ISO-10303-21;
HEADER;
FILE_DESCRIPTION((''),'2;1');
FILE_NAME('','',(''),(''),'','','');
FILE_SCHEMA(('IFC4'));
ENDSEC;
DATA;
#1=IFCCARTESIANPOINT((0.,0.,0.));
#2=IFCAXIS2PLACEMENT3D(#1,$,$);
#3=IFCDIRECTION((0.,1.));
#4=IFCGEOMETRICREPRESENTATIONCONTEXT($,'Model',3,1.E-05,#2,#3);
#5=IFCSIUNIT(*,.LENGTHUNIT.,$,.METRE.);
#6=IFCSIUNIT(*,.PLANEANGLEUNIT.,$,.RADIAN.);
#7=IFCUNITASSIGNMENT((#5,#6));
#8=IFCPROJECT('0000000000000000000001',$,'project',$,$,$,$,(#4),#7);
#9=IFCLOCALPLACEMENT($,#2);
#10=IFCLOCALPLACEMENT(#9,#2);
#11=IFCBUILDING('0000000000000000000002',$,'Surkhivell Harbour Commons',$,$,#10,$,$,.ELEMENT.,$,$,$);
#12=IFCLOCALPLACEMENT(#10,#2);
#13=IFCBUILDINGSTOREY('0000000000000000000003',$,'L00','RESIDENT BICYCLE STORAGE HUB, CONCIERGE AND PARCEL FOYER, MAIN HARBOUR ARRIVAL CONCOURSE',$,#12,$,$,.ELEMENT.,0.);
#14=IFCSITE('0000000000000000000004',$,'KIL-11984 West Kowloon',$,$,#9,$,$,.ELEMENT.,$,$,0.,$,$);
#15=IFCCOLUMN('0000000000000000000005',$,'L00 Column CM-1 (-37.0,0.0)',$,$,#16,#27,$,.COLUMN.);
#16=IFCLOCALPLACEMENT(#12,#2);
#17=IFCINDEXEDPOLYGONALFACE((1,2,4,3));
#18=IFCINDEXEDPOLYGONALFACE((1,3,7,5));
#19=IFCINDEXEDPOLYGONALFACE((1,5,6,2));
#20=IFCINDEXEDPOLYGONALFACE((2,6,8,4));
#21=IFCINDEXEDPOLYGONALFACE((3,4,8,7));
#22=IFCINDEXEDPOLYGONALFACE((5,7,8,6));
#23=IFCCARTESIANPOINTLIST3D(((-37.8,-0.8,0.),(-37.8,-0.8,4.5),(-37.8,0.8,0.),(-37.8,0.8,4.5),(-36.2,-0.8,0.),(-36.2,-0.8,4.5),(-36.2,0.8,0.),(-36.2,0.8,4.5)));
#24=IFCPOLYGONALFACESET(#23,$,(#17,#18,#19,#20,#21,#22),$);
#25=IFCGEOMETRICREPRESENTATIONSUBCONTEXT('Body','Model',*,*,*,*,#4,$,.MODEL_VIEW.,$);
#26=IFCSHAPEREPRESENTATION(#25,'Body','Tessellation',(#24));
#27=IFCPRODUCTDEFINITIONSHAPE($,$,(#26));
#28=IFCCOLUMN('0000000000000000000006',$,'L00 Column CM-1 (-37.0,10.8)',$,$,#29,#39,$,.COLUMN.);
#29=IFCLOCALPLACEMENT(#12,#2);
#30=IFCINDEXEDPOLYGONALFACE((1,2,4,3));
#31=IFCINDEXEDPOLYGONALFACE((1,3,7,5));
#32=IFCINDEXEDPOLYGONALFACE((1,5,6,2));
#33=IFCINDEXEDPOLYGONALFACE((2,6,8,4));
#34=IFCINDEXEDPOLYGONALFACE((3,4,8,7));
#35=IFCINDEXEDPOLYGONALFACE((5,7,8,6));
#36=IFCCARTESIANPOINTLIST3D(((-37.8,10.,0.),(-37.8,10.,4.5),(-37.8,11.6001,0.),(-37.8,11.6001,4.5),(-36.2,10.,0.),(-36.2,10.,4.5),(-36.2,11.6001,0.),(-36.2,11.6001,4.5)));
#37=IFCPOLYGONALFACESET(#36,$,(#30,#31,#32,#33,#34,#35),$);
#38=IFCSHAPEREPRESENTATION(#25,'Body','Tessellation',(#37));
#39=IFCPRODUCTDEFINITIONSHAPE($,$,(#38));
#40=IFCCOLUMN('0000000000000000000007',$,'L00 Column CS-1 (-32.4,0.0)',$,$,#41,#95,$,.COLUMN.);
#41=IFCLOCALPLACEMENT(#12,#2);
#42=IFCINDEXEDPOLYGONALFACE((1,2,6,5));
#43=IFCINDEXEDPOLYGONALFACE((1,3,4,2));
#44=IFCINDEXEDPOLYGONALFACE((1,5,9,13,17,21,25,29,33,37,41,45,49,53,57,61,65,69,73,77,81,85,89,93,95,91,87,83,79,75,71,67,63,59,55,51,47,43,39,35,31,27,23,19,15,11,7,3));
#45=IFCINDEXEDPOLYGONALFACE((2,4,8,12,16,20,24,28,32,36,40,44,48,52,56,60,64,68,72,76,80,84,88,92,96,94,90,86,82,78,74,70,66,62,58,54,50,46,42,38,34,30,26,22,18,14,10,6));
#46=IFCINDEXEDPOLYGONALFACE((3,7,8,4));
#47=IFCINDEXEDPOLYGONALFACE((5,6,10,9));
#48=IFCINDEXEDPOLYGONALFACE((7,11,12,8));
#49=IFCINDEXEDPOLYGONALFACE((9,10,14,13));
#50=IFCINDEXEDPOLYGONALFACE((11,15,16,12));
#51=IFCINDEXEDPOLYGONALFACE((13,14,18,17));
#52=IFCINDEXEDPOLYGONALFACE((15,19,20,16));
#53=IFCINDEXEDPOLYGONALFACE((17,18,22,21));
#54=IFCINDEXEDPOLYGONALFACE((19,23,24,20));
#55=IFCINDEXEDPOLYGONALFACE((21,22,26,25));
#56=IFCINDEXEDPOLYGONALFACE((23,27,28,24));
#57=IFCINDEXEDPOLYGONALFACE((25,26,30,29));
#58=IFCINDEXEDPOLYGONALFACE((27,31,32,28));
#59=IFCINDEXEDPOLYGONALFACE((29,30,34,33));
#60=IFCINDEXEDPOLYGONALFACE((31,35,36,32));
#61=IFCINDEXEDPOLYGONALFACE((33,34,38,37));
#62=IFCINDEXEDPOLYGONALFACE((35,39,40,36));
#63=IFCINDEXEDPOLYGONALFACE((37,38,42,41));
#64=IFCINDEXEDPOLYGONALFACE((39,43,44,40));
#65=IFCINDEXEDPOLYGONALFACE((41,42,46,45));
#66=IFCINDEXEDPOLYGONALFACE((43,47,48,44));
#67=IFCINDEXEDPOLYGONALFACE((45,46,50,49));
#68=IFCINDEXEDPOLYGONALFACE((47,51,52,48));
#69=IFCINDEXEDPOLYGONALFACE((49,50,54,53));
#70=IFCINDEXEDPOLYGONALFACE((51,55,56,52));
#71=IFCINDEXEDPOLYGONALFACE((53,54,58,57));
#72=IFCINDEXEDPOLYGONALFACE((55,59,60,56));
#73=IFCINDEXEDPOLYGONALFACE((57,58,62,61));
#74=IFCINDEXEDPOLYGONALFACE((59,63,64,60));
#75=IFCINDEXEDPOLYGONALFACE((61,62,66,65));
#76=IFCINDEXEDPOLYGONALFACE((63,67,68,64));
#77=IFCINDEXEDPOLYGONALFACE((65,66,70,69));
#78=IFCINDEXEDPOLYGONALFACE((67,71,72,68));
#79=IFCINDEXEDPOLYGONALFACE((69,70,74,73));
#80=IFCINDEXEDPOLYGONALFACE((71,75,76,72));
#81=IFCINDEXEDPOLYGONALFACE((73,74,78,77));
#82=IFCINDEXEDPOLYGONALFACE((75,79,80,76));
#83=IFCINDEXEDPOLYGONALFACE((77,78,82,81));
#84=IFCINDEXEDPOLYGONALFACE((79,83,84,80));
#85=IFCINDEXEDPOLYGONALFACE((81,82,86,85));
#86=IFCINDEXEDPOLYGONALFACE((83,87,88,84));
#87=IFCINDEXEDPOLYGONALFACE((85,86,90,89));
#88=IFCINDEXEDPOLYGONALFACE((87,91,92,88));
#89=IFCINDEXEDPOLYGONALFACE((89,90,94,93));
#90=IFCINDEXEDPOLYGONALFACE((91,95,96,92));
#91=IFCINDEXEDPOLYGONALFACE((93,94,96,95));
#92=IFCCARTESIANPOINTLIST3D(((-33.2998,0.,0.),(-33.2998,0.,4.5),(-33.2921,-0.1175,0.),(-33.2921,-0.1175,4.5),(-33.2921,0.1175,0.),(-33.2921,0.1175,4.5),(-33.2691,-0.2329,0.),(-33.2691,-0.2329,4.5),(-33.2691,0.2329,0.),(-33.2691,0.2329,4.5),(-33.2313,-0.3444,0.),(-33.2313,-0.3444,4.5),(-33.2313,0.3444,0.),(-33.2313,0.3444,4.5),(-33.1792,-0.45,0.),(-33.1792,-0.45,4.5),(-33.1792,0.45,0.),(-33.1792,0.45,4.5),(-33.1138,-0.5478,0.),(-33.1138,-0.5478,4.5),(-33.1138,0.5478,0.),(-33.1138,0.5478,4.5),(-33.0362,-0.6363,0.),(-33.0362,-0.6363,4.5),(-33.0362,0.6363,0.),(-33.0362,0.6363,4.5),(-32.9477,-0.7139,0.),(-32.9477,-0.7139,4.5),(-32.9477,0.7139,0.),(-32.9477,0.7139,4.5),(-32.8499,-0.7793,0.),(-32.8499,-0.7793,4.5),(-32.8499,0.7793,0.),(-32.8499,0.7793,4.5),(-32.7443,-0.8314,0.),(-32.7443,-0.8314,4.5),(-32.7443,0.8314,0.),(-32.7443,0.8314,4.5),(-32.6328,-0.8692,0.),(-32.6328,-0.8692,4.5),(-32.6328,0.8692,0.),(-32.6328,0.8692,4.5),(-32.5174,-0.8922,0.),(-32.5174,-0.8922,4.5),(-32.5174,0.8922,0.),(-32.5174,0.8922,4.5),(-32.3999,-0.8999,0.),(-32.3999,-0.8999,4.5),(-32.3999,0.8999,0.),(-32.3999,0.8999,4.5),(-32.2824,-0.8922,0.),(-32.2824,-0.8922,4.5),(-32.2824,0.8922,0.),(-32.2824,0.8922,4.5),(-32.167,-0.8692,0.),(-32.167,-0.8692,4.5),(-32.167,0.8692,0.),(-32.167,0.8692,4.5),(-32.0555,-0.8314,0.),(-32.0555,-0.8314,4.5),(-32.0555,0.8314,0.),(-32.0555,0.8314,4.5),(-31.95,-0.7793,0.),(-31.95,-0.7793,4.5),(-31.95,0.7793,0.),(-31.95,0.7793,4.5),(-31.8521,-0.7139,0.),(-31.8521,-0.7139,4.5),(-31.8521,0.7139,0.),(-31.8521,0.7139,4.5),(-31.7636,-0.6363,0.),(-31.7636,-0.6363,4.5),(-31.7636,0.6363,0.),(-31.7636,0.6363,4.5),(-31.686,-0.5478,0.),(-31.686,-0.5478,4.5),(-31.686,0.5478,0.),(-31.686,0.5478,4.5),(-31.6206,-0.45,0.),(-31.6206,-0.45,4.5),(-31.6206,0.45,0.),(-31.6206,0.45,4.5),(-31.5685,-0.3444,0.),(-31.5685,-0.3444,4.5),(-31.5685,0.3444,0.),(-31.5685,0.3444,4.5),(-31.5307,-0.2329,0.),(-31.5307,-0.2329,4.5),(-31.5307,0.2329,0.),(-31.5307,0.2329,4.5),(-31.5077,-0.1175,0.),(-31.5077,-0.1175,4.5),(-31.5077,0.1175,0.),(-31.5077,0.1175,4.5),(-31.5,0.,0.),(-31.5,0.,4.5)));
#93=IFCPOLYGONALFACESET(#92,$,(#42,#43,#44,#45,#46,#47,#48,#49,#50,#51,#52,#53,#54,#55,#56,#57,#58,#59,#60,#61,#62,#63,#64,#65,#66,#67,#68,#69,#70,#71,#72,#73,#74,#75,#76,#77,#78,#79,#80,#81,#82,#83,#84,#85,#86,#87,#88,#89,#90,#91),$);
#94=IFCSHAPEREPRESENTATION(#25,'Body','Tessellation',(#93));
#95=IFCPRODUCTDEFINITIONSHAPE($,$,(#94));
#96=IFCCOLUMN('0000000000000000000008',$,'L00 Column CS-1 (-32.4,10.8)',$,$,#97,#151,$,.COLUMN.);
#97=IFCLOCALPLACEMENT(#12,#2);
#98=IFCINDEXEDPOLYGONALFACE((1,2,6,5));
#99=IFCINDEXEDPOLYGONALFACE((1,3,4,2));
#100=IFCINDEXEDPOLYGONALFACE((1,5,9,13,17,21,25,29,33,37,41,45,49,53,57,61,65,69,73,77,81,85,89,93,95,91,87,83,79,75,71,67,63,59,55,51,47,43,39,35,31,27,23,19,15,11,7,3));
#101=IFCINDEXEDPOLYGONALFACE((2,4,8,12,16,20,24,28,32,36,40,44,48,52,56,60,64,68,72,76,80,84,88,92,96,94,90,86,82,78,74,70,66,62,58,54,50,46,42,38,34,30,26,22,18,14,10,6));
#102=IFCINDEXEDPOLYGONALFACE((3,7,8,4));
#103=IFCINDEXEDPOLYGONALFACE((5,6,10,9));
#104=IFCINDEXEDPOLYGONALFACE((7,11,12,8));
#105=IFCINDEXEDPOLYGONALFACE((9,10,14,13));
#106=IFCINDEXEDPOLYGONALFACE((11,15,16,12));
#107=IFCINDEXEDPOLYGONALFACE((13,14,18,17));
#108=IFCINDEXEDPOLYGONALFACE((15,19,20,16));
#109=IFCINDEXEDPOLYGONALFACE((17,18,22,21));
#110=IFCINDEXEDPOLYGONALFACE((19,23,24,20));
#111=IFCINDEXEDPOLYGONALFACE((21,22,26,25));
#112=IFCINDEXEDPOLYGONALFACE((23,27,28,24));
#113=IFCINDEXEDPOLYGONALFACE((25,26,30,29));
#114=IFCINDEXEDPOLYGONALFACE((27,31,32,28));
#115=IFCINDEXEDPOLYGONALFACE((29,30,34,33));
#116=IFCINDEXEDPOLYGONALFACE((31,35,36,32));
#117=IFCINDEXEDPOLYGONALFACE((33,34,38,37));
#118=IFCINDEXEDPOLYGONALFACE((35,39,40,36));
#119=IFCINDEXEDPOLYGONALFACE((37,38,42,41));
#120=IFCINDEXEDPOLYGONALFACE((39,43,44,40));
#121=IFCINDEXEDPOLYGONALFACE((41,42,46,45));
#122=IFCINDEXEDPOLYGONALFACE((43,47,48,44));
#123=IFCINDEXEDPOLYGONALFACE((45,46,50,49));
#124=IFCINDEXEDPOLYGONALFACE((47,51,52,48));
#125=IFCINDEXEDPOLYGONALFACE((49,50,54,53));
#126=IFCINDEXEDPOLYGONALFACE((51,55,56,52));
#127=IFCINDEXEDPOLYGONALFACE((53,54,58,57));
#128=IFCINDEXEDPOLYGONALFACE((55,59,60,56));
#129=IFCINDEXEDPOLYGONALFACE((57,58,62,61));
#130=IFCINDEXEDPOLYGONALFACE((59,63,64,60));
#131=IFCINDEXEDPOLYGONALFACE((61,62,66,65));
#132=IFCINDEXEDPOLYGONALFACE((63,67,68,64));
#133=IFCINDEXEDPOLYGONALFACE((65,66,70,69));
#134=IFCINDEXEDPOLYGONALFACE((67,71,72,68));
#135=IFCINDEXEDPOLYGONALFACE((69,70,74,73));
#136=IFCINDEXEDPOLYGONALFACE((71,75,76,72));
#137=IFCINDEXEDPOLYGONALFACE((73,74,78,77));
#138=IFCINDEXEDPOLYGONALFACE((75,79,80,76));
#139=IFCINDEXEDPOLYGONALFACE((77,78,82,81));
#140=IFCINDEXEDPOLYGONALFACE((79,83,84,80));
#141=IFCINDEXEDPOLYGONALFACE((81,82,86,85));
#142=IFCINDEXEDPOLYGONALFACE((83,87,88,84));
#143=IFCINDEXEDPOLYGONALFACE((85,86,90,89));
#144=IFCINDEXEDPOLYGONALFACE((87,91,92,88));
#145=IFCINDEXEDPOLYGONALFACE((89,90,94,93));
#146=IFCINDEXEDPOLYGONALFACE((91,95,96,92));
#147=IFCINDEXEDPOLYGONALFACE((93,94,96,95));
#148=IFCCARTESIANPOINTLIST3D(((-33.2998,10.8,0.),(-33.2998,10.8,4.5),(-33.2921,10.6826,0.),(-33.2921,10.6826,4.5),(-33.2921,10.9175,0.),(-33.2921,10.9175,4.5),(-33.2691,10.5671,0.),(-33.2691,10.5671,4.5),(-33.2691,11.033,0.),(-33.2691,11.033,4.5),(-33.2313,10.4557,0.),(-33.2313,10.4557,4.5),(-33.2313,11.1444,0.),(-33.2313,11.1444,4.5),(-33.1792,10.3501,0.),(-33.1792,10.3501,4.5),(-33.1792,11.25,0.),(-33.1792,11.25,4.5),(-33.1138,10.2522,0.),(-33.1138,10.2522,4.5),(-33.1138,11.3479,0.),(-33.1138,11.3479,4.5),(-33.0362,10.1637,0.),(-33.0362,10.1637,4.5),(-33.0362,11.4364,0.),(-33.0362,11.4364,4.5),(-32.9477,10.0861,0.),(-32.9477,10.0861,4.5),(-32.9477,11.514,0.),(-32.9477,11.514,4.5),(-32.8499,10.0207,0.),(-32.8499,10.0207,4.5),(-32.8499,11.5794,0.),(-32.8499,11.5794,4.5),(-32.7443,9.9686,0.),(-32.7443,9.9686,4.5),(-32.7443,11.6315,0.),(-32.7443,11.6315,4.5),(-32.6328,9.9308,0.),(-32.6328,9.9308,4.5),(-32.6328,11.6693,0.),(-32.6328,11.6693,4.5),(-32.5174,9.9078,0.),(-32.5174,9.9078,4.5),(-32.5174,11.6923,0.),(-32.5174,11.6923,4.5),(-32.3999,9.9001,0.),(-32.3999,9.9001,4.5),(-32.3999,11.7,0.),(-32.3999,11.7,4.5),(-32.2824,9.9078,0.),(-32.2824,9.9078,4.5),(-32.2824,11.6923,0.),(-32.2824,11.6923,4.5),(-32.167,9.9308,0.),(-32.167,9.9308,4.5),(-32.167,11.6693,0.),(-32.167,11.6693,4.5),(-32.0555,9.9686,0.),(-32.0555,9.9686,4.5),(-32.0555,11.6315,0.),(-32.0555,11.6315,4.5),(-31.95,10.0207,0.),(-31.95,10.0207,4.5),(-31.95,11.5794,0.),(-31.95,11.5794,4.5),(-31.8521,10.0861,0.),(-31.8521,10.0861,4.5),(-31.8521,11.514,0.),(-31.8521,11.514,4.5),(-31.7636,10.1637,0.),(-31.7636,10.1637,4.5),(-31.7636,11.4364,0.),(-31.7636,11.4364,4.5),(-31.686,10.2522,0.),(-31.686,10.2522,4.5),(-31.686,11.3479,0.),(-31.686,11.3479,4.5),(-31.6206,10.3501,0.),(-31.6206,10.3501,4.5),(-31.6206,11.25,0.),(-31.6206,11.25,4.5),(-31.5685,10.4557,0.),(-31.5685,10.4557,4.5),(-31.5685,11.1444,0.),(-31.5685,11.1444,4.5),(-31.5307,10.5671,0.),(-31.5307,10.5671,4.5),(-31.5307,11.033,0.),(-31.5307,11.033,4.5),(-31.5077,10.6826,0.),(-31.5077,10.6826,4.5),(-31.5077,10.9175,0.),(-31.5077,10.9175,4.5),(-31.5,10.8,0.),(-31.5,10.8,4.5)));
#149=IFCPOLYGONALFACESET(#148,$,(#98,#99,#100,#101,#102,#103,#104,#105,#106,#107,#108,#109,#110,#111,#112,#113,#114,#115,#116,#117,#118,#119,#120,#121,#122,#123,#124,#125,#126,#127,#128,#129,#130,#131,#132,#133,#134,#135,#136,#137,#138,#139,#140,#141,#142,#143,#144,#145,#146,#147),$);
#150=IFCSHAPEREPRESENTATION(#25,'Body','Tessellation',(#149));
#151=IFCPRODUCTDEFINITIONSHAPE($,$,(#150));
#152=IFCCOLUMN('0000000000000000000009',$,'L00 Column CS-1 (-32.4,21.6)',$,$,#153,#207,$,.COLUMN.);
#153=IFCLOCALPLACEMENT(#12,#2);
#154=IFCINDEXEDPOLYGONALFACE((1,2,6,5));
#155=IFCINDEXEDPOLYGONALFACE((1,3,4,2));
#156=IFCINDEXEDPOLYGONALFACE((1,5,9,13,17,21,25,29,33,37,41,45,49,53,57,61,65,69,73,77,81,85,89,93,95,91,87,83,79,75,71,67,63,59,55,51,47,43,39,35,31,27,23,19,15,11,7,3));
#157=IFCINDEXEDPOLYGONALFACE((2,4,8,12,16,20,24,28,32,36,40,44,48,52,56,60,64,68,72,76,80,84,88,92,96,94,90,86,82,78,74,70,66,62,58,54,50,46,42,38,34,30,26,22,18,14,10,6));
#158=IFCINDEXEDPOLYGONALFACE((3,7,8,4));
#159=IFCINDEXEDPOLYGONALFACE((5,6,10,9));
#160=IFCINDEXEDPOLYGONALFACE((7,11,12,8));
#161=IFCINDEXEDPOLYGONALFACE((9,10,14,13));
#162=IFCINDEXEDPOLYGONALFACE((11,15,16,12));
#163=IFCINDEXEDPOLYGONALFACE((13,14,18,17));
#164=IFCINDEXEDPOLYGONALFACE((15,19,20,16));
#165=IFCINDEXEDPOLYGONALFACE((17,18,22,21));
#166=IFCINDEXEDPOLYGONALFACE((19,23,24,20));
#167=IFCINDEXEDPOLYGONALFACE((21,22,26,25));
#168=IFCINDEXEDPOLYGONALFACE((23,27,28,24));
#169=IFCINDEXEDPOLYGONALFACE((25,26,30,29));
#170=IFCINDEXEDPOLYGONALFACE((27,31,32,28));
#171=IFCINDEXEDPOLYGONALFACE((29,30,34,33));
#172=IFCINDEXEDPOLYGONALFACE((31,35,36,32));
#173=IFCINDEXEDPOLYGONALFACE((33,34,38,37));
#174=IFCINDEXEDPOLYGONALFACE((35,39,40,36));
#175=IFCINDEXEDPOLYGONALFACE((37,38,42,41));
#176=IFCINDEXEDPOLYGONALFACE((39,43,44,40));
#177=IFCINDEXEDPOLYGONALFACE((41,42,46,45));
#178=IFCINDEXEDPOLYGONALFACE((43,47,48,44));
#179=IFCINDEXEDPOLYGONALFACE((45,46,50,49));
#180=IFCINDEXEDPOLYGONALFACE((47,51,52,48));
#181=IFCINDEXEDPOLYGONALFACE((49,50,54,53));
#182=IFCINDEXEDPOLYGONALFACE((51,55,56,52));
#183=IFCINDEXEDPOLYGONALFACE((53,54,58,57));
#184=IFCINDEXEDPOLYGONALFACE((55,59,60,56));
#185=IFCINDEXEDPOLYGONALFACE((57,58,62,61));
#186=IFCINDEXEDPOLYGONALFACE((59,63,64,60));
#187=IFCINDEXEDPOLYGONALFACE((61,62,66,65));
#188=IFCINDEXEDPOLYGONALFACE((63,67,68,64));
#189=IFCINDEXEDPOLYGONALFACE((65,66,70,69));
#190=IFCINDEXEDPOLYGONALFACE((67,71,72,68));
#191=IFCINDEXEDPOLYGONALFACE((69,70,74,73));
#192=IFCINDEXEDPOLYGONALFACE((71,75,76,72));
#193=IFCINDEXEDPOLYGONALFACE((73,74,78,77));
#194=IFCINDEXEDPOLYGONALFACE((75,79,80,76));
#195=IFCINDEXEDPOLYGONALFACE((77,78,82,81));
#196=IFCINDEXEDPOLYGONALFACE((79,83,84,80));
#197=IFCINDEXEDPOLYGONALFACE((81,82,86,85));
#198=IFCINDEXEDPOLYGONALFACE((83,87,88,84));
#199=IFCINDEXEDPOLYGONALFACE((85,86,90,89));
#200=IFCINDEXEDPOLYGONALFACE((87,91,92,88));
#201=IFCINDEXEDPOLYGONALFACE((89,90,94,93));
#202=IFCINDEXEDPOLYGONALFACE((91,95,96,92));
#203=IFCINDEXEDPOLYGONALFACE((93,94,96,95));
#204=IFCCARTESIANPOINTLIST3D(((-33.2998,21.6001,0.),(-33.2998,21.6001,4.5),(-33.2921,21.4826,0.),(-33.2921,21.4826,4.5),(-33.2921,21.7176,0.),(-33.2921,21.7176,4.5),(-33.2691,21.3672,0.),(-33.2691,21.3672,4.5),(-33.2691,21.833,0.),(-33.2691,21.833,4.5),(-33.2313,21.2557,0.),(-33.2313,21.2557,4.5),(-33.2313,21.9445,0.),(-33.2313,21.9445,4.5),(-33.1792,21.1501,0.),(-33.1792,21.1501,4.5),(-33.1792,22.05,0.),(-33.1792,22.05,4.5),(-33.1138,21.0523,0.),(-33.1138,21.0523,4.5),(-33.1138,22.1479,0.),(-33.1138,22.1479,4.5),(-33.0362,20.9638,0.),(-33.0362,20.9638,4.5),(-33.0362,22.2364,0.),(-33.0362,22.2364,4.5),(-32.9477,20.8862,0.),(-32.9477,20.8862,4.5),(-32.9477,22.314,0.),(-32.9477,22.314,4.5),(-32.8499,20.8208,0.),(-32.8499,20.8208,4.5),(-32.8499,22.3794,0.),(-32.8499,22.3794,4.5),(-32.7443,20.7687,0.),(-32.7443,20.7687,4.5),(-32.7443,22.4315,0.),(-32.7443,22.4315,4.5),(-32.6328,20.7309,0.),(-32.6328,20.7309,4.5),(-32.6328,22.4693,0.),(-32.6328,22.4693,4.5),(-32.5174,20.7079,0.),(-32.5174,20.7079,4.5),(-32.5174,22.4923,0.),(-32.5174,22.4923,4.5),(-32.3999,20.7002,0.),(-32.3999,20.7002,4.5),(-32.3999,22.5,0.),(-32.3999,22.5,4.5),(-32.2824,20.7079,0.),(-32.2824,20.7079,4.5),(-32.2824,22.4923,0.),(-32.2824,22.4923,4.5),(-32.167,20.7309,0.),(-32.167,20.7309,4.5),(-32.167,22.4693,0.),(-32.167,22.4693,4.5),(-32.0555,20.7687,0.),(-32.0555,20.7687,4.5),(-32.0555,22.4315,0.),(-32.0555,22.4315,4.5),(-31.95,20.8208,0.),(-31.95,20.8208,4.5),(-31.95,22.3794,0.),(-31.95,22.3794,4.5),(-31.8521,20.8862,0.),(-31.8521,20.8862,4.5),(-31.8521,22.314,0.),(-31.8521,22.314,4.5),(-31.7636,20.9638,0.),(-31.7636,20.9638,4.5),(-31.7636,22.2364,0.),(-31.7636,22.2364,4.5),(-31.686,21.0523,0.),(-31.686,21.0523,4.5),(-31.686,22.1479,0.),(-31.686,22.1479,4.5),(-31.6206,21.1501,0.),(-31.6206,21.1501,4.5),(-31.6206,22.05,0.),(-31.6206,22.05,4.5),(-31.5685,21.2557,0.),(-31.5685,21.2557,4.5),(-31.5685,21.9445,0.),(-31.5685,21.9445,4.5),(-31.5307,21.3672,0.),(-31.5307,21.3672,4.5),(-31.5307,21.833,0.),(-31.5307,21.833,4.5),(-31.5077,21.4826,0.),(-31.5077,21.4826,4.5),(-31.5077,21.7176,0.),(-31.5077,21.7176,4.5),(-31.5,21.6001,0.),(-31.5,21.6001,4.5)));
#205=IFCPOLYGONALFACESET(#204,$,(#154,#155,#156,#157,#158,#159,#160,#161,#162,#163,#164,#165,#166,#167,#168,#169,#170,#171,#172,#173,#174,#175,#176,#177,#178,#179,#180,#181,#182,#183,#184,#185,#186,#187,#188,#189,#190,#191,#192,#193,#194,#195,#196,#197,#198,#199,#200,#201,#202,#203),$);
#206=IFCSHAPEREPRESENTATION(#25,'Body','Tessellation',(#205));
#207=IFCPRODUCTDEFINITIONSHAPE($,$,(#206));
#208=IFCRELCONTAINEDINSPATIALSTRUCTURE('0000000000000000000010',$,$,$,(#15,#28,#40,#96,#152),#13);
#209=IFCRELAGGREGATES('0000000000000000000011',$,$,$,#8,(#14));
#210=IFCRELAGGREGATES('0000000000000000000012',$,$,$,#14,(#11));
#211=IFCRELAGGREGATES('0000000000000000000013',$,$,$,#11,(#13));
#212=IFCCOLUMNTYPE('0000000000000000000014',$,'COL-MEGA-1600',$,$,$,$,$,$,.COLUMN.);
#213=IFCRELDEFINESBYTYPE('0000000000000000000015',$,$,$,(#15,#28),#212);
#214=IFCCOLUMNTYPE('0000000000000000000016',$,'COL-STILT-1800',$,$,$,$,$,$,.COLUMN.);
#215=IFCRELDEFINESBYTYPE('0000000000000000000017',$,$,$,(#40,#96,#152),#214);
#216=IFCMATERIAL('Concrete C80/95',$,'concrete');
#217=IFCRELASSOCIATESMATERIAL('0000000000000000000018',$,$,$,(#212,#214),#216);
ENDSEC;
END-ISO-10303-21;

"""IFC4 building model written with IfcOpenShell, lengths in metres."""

from ifc_helpers import new_model, si_unit, direction, frame, origin, origin_2d, place, context, subcontext, project, spatial, rectangle, circle, extrude, material, material_profile, profile_set, type_object, element, save


model = new_model("IFC4")

# Units and contexts
model_context = context("Model", 3, precision=1e-05, world=origin(), true_north=direction((0.0, 1.0)))
body_context = subcontext(model_context, "Body", "Model", "MODEL_VIEW")
ifc_project = project(units=[si_unit("LENGTHUNIT", "METRE"), si_unit("PLANEANGLEUNIT", "RADIAN")], contexts=[model_context])

# Site, building, storey
site_placement = place(None, origin())
site = spatial("IfcSite", under=ifc_project, at=site_placement, Name="KIL-11984 West Kowloon", CompositionType="ELEMENT", RefElevation=0.0)
building_placement = place(site_placement, origin())
building = spatial("IfcBuilding", under=site, at=building_placement, Name="Surkhivell Harbour Commons", CompositionType="ELEMENT")
storey_placement = place(building_placement, origin())
storey = spatial("IfcBuildingStorey", under=building, at=storey_placement, Name="L00", Description="RESIDENT BICYCLE STORAGE HUB, CONCIERGE AND PARCEL FOYER, MAIN HARBOUR ARRIVAL CONCOURSE", CompositionType="ELEMENT", Elevation=0.0)

# Columns
ifc_material_1 = material(Name="Concrete C80/95", Category="concrete")
ifc_material_profile_1 = material_profile(ifc_material_1, rectangle(XDim=1.6001, YDim=1.6001, at=origin_2d()), Name="RC-COL-1600x1600")
ifc_profile_set_1 = profile_set([ifc_material_profile_1], Name="Concrete C80/95")
column_type_1 = type_object("IfcColumnType", Name="COL-MEGA-1600", PredefinedType="COLUMN", material=ifc_profile_set_1)
for number, where, z_axis, x_axis, name in (
    (1, (-37.0, 0.0, 0.0), (0.0, 0.0, 1.0), (1.0, 0.0, 0.0), "L00 Column CM-1 (-37.0,0.0)"),
    (2, (-37.0, 10.8, 0.0), (0.0, 0.0, 1.0), (1.0, 0.0, 0.0), "L00 Column CM-1 (-37.0,10.8)"),
):
    element("IfcColumn", number, at=place(storey_placement, frame(where, z_axis=z_axis, x_axis=x_axis)), inside=storey, type_object=column_type_1, Name=name, PredefinedType="COLUMN", context=body_context, shape_type="SweptSolid", body=[
        extrude(rectangle(XDim=1.6001, YDim=1.6001, at=origin_2d()), origin(), (0.0, 0.0, 1.0), 4.5),
    ])
ifc_material_profile_2 = material_profile(ifc_material_1, circle(Radius=0.8999, at=origin_2d()), Name="RC-CIRC-1800")
ifc_profile_set_2 = profile_set([ifc_material_profile_2], Name="Concrete C80/95")
column_type_2 = type_object("IfcColumnType", Name="COL-STILT-1800", PredefinedType="COLUMN", material=ifc_profile_set_2)
for number, where, z_axis, x_axis, name in (
    (3, (-32.3999, 0.0, 0.0), (0.0, 0.0, 1.0), (1.0, 0.0, 0.0), "L00 Column CS-1 (-32.4,0.0)"),
    (4, (-32.3999, 10.8, 0.0), (0.0, 0.0, 1.0), (1.0, 0.0, 0.0), "L00 Column CS-1 (-32.4,10.8)"),
    (5, (-32.3999, 21.6001, 0.0), (0.0, 0.0, 1.0), (1.0, 0.0, 0.0), "L00 Column CS-1 (-32.4,21.6)"),
):
    element("IfcColumn", number, at=place(storey_placement, frame(where, z_axis=z_axis, x_axis=x_axis)), inside=storey, type_object=column_type_2, Name=name, PredefinedType="COLUMN", context=body_context, shape_type="SweptSolid", body=[
        extrude(circle(Radius=0.8999, at=origin_2d()), origin(), (0.0, 0.0, 1.0), 4.5),
    ])

save(model, "model.ifc")
